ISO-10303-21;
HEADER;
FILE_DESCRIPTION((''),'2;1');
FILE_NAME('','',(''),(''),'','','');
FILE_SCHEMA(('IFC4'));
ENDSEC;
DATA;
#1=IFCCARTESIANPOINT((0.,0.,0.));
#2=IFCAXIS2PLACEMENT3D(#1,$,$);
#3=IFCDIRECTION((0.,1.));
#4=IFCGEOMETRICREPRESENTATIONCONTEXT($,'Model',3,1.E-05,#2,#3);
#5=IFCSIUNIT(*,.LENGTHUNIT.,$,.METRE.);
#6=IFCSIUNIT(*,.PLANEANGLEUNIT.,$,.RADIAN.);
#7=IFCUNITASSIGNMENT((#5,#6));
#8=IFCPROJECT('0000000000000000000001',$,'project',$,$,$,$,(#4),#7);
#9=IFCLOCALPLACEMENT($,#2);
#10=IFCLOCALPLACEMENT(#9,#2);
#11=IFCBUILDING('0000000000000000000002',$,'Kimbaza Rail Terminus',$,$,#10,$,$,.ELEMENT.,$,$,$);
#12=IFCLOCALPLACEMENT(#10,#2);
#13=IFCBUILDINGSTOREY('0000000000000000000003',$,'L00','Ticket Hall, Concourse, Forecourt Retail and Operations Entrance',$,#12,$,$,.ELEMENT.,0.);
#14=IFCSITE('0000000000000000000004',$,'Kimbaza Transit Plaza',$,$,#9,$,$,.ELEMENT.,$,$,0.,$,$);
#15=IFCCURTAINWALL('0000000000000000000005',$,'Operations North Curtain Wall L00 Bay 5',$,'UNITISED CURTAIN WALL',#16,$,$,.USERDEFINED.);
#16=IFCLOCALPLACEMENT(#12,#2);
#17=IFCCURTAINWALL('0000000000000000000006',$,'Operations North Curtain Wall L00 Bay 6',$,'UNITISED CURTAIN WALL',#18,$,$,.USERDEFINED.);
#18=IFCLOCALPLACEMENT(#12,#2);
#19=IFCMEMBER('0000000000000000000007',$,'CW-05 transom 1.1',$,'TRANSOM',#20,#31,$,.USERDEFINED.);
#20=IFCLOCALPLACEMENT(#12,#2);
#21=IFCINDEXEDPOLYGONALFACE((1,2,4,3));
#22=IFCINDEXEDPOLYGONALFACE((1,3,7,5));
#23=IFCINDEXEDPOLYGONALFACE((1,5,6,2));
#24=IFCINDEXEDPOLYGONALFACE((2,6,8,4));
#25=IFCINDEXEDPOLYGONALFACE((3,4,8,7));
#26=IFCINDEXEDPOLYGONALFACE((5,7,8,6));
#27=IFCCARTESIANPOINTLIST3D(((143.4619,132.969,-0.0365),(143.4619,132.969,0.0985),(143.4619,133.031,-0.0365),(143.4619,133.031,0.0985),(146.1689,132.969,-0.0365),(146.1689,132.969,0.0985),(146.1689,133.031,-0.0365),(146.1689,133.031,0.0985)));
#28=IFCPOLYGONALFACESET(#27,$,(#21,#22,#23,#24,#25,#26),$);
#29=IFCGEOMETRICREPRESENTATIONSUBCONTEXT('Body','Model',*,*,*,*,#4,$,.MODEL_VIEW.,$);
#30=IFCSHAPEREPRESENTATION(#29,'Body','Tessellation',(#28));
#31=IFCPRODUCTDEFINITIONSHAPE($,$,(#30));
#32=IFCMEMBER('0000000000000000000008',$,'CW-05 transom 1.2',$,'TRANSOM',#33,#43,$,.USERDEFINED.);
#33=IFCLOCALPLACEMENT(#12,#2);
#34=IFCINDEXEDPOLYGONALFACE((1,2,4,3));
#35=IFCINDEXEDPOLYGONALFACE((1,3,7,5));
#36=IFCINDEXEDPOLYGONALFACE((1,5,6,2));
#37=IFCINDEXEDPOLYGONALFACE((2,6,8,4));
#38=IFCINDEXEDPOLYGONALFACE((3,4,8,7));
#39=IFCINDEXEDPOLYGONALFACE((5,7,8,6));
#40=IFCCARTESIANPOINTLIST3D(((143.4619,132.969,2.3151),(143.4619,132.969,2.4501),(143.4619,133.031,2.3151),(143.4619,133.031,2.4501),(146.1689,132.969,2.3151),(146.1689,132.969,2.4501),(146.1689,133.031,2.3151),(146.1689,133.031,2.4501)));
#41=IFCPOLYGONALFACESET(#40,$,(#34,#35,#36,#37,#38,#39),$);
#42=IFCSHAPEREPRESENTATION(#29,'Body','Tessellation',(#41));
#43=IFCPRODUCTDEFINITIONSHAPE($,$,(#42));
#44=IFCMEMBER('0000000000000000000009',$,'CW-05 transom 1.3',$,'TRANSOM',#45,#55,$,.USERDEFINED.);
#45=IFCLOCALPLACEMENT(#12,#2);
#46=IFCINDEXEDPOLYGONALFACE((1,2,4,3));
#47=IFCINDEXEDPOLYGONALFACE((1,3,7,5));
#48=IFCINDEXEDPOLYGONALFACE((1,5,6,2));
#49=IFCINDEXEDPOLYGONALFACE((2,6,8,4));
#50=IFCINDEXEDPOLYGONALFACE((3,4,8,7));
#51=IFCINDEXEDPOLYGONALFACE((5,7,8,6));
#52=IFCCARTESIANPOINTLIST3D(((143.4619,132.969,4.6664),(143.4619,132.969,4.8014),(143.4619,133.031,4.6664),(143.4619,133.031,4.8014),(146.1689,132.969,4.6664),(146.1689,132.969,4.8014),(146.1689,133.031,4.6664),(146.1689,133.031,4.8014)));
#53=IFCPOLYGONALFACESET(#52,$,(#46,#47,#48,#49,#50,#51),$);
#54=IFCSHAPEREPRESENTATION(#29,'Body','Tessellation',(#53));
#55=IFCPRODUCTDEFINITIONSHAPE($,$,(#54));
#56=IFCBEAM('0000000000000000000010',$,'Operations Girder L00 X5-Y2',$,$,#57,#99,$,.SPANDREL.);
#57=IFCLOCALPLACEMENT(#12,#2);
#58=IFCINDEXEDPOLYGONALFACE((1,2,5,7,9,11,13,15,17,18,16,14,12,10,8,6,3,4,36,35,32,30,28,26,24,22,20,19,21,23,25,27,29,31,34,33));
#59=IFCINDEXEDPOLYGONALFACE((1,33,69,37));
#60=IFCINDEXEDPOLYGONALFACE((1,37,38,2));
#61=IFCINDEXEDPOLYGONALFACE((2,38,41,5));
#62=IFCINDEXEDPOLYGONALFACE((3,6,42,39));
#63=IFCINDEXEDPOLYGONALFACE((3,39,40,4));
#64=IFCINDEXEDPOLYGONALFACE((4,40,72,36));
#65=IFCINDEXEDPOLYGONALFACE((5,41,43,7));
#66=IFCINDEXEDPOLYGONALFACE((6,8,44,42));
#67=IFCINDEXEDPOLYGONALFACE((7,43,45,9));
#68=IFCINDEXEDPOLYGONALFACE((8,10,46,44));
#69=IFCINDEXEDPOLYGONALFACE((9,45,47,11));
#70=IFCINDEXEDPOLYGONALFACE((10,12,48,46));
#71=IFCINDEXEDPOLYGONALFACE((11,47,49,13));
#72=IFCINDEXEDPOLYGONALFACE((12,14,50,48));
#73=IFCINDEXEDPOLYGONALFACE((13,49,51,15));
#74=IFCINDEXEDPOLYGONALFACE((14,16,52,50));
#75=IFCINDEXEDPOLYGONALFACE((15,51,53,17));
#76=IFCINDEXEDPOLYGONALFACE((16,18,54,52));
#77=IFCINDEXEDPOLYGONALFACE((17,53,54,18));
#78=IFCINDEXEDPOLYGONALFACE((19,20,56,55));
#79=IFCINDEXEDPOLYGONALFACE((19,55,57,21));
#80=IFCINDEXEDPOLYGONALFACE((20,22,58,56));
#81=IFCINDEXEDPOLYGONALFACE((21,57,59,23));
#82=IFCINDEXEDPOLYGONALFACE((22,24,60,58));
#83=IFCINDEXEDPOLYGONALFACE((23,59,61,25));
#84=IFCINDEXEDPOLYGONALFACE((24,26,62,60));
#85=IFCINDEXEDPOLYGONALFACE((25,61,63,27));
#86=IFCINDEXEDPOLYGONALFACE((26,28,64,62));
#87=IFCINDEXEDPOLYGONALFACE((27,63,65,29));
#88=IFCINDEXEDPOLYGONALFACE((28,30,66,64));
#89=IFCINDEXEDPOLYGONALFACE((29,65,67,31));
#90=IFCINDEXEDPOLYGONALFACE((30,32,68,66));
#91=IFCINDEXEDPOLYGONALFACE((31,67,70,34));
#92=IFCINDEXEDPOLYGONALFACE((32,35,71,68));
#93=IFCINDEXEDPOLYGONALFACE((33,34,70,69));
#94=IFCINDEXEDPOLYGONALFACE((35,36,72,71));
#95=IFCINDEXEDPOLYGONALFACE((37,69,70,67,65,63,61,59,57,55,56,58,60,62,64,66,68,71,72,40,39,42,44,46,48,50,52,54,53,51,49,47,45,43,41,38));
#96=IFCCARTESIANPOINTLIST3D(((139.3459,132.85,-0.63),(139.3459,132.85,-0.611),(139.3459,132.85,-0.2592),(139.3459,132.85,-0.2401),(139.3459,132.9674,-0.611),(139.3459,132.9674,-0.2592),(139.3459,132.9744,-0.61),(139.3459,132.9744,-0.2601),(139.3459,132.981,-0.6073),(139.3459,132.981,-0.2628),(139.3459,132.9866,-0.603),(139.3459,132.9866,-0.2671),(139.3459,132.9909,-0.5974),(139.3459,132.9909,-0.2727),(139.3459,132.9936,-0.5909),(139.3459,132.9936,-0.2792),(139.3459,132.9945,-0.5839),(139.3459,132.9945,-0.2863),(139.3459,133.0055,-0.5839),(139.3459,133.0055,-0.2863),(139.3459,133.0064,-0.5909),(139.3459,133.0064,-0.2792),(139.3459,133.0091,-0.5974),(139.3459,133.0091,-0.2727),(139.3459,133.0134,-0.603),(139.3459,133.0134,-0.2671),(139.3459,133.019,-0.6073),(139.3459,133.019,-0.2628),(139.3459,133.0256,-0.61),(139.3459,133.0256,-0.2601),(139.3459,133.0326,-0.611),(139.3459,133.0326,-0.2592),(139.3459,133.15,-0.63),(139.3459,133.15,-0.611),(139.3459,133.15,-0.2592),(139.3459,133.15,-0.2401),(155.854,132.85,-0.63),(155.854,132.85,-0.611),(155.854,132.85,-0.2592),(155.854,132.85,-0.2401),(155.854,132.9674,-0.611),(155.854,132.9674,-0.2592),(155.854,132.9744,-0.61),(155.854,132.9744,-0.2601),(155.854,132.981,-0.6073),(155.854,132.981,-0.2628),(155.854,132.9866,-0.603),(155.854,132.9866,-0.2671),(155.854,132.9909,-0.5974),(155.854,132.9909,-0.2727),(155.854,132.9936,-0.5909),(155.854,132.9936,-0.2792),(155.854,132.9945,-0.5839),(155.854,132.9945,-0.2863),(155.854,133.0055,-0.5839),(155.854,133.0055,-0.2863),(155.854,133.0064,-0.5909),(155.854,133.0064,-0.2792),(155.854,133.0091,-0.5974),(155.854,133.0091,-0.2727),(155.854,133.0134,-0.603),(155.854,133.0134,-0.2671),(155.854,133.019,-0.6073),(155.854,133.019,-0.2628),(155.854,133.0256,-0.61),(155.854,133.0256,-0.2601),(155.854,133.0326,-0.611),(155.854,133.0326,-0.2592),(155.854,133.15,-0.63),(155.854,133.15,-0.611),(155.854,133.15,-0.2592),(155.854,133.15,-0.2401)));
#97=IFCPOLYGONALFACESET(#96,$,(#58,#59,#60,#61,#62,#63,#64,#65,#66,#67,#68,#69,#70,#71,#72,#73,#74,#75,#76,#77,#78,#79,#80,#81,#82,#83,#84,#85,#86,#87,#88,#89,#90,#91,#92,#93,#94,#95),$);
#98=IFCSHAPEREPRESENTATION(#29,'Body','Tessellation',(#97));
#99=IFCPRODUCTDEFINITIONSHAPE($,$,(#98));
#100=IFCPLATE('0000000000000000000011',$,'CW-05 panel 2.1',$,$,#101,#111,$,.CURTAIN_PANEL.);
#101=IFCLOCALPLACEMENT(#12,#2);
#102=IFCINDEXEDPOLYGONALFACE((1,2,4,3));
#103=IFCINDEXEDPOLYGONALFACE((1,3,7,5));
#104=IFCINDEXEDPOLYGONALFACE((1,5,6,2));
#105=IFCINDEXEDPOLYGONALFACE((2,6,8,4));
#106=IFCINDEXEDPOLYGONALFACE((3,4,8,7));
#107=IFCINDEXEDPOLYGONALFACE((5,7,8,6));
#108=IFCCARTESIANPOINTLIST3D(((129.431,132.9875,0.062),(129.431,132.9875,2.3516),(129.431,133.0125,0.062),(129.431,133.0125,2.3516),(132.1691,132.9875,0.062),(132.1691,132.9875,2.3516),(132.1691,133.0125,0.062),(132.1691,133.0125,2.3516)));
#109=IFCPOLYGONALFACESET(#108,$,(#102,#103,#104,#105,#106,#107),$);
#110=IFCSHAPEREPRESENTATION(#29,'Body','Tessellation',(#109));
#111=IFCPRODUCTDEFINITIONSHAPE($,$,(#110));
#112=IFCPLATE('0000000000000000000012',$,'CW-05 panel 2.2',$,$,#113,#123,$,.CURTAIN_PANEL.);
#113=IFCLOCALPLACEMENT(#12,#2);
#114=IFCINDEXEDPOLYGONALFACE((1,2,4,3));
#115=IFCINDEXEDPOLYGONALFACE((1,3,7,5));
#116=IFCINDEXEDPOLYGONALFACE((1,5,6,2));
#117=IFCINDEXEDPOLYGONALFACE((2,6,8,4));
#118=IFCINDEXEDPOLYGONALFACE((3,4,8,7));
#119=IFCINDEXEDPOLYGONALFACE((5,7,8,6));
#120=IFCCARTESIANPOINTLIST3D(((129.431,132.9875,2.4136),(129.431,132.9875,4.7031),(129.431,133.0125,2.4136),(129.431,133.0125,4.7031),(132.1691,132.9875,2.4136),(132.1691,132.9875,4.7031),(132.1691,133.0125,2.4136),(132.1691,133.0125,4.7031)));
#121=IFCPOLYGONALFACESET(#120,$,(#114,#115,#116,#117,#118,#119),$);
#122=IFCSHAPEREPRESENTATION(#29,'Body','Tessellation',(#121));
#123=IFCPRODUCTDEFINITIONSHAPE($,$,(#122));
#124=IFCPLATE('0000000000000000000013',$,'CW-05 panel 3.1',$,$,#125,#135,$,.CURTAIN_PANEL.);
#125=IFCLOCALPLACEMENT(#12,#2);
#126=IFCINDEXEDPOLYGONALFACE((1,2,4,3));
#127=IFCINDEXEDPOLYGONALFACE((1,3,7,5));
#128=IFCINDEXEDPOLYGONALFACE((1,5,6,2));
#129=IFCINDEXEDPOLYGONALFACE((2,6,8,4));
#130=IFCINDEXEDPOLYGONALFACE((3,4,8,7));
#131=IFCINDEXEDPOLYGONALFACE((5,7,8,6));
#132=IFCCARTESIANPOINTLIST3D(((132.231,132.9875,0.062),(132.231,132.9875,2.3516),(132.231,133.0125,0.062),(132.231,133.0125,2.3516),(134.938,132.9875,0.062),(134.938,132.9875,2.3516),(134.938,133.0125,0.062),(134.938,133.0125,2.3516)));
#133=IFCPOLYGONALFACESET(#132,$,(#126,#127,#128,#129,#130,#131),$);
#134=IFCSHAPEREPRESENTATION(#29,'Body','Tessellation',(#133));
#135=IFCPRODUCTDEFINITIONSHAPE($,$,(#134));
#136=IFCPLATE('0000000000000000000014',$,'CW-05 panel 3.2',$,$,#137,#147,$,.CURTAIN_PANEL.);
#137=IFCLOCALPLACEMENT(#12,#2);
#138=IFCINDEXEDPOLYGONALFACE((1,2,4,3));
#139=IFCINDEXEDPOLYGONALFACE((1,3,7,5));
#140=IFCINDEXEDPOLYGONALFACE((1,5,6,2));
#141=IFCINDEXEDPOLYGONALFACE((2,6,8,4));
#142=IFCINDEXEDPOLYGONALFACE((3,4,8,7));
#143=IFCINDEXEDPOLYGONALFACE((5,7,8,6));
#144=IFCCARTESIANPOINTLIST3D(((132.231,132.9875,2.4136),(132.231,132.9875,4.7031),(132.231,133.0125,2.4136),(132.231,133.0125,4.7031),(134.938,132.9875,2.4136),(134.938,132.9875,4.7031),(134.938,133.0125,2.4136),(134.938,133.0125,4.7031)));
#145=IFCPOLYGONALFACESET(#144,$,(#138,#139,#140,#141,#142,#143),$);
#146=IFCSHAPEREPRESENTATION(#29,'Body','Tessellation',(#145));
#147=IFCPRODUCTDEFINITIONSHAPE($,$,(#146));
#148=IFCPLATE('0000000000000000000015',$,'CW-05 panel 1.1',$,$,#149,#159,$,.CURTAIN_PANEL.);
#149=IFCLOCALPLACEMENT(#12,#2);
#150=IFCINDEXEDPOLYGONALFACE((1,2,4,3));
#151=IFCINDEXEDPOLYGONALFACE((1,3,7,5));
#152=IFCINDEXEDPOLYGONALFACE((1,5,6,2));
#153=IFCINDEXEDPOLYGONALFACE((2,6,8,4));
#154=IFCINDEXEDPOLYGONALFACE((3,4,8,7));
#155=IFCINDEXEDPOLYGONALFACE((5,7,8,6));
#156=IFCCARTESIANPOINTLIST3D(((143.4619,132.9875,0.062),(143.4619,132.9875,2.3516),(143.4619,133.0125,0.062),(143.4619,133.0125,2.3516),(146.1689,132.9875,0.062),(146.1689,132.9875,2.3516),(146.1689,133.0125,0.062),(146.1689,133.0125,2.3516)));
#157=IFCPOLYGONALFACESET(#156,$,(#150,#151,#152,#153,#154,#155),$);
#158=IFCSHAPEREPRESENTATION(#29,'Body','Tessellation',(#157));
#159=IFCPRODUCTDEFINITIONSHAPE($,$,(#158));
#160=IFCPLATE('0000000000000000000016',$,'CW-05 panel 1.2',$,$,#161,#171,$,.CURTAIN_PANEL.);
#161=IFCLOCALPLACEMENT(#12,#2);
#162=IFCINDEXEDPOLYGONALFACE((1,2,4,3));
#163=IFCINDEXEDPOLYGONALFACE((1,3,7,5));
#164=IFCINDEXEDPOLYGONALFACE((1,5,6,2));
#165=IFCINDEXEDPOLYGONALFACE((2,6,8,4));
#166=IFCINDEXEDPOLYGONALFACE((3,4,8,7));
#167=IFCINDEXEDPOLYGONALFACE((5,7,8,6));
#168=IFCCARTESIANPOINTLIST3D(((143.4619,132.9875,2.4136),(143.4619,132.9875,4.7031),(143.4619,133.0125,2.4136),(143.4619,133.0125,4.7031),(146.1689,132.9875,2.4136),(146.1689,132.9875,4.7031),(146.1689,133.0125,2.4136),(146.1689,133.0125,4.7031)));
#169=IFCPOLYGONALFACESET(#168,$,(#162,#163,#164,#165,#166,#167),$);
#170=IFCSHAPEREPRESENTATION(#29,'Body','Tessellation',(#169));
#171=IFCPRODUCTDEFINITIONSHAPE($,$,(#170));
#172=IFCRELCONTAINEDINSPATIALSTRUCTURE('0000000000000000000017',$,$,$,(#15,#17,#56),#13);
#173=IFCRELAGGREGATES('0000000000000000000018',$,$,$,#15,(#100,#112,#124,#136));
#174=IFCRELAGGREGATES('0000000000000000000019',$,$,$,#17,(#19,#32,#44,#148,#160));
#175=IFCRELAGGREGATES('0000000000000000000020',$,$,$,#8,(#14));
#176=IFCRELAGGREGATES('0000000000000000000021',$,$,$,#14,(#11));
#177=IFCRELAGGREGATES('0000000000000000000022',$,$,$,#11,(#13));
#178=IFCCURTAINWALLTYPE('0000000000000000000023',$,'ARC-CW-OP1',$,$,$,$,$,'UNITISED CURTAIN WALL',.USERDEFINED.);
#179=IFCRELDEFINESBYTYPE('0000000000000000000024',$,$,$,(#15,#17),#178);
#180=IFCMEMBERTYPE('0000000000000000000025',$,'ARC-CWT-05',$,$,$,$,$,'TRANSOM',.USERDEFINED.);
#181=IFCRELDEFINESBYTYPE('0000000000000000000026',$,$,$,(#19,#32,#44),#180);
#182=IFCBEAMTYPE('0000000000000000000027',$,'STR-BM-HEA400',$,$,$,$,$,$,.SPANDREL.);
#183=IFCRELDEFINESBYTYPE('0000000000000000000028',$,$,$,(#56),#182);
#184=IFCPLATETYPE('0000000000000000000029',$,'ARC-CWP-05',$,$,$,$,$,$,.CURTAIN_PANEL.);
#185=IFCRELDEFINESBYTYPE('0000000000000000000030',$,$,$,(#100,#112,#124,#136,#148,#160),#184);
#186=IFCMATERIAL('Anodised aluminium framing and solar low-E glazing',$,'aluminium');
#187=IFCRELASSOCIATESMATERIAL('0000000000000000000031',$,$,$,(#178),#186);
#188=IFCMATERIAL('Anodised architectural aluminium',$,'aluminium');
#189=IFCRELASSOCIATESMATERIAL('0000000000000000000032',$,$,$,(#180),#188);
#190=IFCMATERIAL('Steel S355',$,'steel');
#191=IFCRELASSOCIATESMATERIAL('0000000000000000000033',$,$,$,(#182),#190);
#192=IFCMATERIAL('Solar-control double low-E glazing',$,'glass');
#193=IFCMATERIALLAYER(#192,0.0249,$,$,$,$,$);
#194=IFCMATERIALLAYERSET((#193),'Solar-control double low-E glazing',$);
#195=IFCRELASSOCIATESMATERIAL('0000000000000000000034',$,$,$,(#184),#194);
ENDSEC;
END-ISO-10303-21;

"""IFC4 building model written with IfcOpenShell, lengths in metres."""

from ifc_helpers import new_model, si_unit, direction, frame, origin, origin_2d, place, context, subcontext, project, spatial, rectangle, i_section, extrude, material, layer, layer_set, material_profile, profile_set, type_object, element, aggregate, save


model = new_model("IFC4")

# Units and contexts
model_context = context("Model", 3, precision=1e-05, world=origin(), true_north=direction((0.0, 1.0)))
body_context = subcontext(model_context, "Body", "Model", "MODEL_VIEW")
ifc_project = project(units=[si_unit("LENGTHUNIT", "METRE"), si_unit("PLANEANGLEUNIT", "RADIAN")], contexts=[model_context])

# Site, building, storey
site_placement = place(None, origin())
site = spatial("IfcSite", under=ifc_project, at=site_placement, Name="Kimbaza Transit Plaza", CompositionType="ELEMENT", RefElevation=0.0)
building_placement = place(site_placement, origin())
building = spatial("IfcBuilding", under=site, at=building_placement, Name="Kimbaza Rail Terminus", CompositionType="ELEMENT")
storey_placement = place(building_placement, origin())
storey = spatial("IfcBuildingStorey", under=building, at=storey_placement, Name="L00", Description="Ticket Hall, Concourse, Forecourt Retail and Operations Entrance", CompositionType="ELEMENT", Elevation=0.0)

# Curtain walls
ifc_material_1 = material(Name="Anodised aluminium framing and solar low-E glazing", Category="aluminium")
curtain_wall_type = type_object("IfcCurtainWallType", Name="ARC-CW-OP1", ElementType="UNITISED CURTAIN WALL", PredefinedType="USERDEFINED", material=ifc_material_1)
curtain_wall_1_placement = place(storey_placement, origin())
curtain_wall_1 = element("IfcCurtainWall", 1, at=curtain_wall_1_placement, inside=storey, type_object=curtain_wall_type, Name="Operations North Curtain Wall L00 Bay 5", ObjectType="UNITISED CURTAIN WALL", PredefinedType="USERDEFINED")
curtain_wall_2_placement = place(storey_placement, origin())
curtain_wall_2 = element("IfcCurtainWall", 2, at=curtain_wall_2_placement, inside=storey, type_object=curtain_wall_type, Name="Operations North Curtain Wall L00 Bay 6", ObjectType="UNITISED CURTAIN WALL", PredefinedType="USERDEFINED")

# Members
ifc_material_2 = material(Name="Anodised architectural aluminium", Category="aluminium")
ifc_material_profile_1 = material_profile(ifc_material_2, rectangle(XDim=0.062, YDim=0.135, at=origin_2d()), Name="TRANSOM 62x135")
ifc_profile_set_1 = profile_set([ifc_material_profile_1], Name="Anodised architectural aluminium")
member_type_1 = type_object("IfcMemberType", Name="ARC-CWT-05", ElementType="TRANSOM", PredefinedType="USERDEFINED", material=ifc_profile_set_1)
member_1_placement = place(storey_placement, frame((143.4619, 133.0, 0.031), z_axis=(1.0, 0.0, 0.0), x_axis=(0.0, 1.0, 0.0)))
member_1 = element("IfcMember", 3, at=member_1_placement, type_object=member_type_1, Name="CW-05 transom 1.1", ObjectType="TRANSOM", PredefinedType="USERDEFINED", context=body_context, shape_type="SweptSolid", body=[
    extrude(rectangle(XDim=0.062, YDim=0.135, at=origin_2d()), origin(), (0.0, 0.0, 1.0), 2.707),
])
member_2_placement = place(storey_placement, frame((143.4619, 133.0, 2.3826), z_axis=(1.0, 0.0, 0.0), x_axis=(0.0, 1.0, 0.0)))
member_2 = element("IfcMember", 4, at=member_2_placement, type_object=member_type_1, Name="CW-05 transom 1.2", ObjectType="TRANSOM", PredefinedType="USERDEFINED", context=body_context, shape_type="SweptSolid", body=[
    extrude(rectangle(XDim=0.062, YDim=0.135, at=origin_2d()), origin(), (0.0, 0.0, 1.0), 2.707),
])
member_3_placement = place(storey_placement, frame((143.4619, 133.0, 4.7339), z_axis=(1.0, 0.0, 0.0), x_axis=(0.0, 1.0, 0.0)))
member_3 = element("IfcMember", 5, at=member_3_placement, type_object=member_type_1, Name="CW-05 transom 1.3", ObjectType="TRANSOM", PredefinedType="USERDEFINED", context=body_context, shape_type="SweptSolid", body=[
    extrude(rectangle(XDim=0.062, YDim=0.135, at=origin_2d()), origin(), (0.0, 0.0, 1.0), 2.707),
])

# Beam
ifc_material_3 = material(Name="Steel S355", Category="steel")
ifc_material_profile_2 = material_profile(ifc_material_3, i_section(OverallWidth=0.3, OverallDepth=0.3899, WebThickness=0.011, FlangeThickness=0.019, FilletRadius=0.0271, at=origin_2d()), Name="HEA 400")
ifc_profile_set_2 = profile_set([ifc_material_profile_2], Name="Steel S355")
beam_type = type_object("IfcBeamType", Name="STR-BM-HEA400", PredefinedType="SPANDREL", material=ifc_profile_set_2)
beam_placement = place(storey_placement, frame((139.3459, 133.0, -0.4351), z_axis=(1.0, 0.0, 0.0), x_axis=(0.0, 1.0, 0.0)))
element("IfcBeam", 6, at=beam_placement, inside=storey, type_object=beam_type, Name="Operations Girder L00 X5-Y2", PredefinedType="SPANDREL", context=body_context, shape_type="SweptSolid", body=[
    extrude(i_section(OverallWidth=0.3, OverallDepth=0.3899, WebThickness=0.011, FlangeThickness=0.019, FilletRadius=0.0271, at=origin_2d()), origin(), (0.0, 0.0, 1.0), 16.5081),
])

# Plates
ifc_material_4 = material(Name="Solar-control double low-E glazing", Category="glass")
ifc_layer_1 = layer(ifc_material_4, 0.0249)
ifc_layer_set_1 = layer_set([ifc_layer_1], Name="Solar-control double low-E glazing")
plate_type = type_object("IfcPlateType", Name="ARC-CWP-05", PredefinedType="CURTAIN_PANEL", material=ifc_layer_set_1)
plate_1_placement = place(storey_placement, frame((130.8, 133.0, 0.062), z_axis=(0.0, 0.0, 1.0), x_axis=(1.0, 0.0, 0.0)))
plate_1 = element("IfcPlate", 7, at=plate_1_placement, type_object=plate_type, Name="CW-05 panel 2.1", PredefinedType="CURTAIN_PANEL", context=body_context, shape_type="SweptSolid", body=[
    extrude(rectangle(XDim=2.738, YDim=0.0249, at=origin_2d()), origin(), (0.0, 0.0, 1.0), 2.2896),
])
plate_2_placement = place(storey_placement, frame((130.8, 133.0, 2.4136), z_axis=(0.0, 0.0, 1.0), x_axis=(1.0, 0.0, 0.0)))
plate_2 = element("IfcPlate", 8, at=plate_2_placement, type_object=plate_type, Name="CW-05 panel 2.2", PredefinedType="CURTAIN_PANEL", context=body_context, shape_type="SweptSolid", body=[
    extrude(rectangle(XDim=2.738, YDim=0.0249, at=origin_2d()), origin(), (0.0, 0.0, 1.0), 2.2896),
])
plate_3_placement = place(storey_placement, frame((133.5845, 133.0, 0.062), z_axis=(0.0, 0.0, 1.0), x_axis=(1.0, 0.0, 0.0)))
plate_3 = element("IfcPlate", 9, at=plate_3_placement, type_object=plate_type, Name="CW-05 panel 3.1", PredefinedType="CURTAIN_PANEL", context=body_context, shape_type="SweptSolid", body=[
    extrude(rectangle(XDim=2.707, YDim=0.0249, at=origin_2d()), origin(), (0.0, 0.0, 1.0), 2.2896),
])
plate_4_placement = place(storey_placement, frame((133.5845, 133.0, 2.4136), z_axis=(0.0, 0.0, 1.0), x_axis=(1.0, 0.0, 0.0)))
plate_4 = element("IfcPlate", 10, at=plate_4_placement, type_object=plate_type, Name="CW-05 panel 3.2", PredefinedType="CURTAIN_PANEL", context=body_context, shape_type="SweptSolid", body=[
    extrude(rectangle(XDim=2.707, YDim=0.0249, at=origin_2d()), origin(), (0.0, 0.0, 1.0), 2.2896),
])
aggregate(curtain_wall_1, [plate_1, plate_2, plate_3, plate_4])
plate_5_placement = place(storey_placement, frame((144.8154, 133.0, 0.062), z_axis=(0.0, 0.0, 1.0), x_axis=(1.0, 0.0, 0.0)))
plate_5 = element("IfcPlate", 11, at=plate_5_placement, type_object=plate_type, Name="CW-05 panel 1.1", PredefinedType="CURTAIN_PANEL", context=body_context, shape_type="SweptSolid", body=[
    extrude(rectangle(XDim=2.707, YDim=0.0249, at=origin_2d()), origin(), (0.0, 0.0, 1.0), 2.2896),
])
plate_6_placement = place(storey_placement, frame((144.8154, 133.0, 2.4136), z_axis=(0.0, 0.0, 1.0), x_axis=(1.0, 0.0, 0.0)))
plate_6 = element("IfcPlate", 12, at=plate_6_placement, type_object=plate_type, Name="CW-05 panel 1.2", PredefinedType="CURTAIN_PANEL", context=body_context, shape_type="SweptSolid", body=[
    extrude(rectangle(XDim=2.707, YDim=0.0249, at=origin_2d()), origin(), (0.0, 0.0, 1.0), 2.2896),
])
aggregate(curtain_wall_2, [member_1, member_2, member_3, plate_5, plate_6])

save(model, "model.ifc")
